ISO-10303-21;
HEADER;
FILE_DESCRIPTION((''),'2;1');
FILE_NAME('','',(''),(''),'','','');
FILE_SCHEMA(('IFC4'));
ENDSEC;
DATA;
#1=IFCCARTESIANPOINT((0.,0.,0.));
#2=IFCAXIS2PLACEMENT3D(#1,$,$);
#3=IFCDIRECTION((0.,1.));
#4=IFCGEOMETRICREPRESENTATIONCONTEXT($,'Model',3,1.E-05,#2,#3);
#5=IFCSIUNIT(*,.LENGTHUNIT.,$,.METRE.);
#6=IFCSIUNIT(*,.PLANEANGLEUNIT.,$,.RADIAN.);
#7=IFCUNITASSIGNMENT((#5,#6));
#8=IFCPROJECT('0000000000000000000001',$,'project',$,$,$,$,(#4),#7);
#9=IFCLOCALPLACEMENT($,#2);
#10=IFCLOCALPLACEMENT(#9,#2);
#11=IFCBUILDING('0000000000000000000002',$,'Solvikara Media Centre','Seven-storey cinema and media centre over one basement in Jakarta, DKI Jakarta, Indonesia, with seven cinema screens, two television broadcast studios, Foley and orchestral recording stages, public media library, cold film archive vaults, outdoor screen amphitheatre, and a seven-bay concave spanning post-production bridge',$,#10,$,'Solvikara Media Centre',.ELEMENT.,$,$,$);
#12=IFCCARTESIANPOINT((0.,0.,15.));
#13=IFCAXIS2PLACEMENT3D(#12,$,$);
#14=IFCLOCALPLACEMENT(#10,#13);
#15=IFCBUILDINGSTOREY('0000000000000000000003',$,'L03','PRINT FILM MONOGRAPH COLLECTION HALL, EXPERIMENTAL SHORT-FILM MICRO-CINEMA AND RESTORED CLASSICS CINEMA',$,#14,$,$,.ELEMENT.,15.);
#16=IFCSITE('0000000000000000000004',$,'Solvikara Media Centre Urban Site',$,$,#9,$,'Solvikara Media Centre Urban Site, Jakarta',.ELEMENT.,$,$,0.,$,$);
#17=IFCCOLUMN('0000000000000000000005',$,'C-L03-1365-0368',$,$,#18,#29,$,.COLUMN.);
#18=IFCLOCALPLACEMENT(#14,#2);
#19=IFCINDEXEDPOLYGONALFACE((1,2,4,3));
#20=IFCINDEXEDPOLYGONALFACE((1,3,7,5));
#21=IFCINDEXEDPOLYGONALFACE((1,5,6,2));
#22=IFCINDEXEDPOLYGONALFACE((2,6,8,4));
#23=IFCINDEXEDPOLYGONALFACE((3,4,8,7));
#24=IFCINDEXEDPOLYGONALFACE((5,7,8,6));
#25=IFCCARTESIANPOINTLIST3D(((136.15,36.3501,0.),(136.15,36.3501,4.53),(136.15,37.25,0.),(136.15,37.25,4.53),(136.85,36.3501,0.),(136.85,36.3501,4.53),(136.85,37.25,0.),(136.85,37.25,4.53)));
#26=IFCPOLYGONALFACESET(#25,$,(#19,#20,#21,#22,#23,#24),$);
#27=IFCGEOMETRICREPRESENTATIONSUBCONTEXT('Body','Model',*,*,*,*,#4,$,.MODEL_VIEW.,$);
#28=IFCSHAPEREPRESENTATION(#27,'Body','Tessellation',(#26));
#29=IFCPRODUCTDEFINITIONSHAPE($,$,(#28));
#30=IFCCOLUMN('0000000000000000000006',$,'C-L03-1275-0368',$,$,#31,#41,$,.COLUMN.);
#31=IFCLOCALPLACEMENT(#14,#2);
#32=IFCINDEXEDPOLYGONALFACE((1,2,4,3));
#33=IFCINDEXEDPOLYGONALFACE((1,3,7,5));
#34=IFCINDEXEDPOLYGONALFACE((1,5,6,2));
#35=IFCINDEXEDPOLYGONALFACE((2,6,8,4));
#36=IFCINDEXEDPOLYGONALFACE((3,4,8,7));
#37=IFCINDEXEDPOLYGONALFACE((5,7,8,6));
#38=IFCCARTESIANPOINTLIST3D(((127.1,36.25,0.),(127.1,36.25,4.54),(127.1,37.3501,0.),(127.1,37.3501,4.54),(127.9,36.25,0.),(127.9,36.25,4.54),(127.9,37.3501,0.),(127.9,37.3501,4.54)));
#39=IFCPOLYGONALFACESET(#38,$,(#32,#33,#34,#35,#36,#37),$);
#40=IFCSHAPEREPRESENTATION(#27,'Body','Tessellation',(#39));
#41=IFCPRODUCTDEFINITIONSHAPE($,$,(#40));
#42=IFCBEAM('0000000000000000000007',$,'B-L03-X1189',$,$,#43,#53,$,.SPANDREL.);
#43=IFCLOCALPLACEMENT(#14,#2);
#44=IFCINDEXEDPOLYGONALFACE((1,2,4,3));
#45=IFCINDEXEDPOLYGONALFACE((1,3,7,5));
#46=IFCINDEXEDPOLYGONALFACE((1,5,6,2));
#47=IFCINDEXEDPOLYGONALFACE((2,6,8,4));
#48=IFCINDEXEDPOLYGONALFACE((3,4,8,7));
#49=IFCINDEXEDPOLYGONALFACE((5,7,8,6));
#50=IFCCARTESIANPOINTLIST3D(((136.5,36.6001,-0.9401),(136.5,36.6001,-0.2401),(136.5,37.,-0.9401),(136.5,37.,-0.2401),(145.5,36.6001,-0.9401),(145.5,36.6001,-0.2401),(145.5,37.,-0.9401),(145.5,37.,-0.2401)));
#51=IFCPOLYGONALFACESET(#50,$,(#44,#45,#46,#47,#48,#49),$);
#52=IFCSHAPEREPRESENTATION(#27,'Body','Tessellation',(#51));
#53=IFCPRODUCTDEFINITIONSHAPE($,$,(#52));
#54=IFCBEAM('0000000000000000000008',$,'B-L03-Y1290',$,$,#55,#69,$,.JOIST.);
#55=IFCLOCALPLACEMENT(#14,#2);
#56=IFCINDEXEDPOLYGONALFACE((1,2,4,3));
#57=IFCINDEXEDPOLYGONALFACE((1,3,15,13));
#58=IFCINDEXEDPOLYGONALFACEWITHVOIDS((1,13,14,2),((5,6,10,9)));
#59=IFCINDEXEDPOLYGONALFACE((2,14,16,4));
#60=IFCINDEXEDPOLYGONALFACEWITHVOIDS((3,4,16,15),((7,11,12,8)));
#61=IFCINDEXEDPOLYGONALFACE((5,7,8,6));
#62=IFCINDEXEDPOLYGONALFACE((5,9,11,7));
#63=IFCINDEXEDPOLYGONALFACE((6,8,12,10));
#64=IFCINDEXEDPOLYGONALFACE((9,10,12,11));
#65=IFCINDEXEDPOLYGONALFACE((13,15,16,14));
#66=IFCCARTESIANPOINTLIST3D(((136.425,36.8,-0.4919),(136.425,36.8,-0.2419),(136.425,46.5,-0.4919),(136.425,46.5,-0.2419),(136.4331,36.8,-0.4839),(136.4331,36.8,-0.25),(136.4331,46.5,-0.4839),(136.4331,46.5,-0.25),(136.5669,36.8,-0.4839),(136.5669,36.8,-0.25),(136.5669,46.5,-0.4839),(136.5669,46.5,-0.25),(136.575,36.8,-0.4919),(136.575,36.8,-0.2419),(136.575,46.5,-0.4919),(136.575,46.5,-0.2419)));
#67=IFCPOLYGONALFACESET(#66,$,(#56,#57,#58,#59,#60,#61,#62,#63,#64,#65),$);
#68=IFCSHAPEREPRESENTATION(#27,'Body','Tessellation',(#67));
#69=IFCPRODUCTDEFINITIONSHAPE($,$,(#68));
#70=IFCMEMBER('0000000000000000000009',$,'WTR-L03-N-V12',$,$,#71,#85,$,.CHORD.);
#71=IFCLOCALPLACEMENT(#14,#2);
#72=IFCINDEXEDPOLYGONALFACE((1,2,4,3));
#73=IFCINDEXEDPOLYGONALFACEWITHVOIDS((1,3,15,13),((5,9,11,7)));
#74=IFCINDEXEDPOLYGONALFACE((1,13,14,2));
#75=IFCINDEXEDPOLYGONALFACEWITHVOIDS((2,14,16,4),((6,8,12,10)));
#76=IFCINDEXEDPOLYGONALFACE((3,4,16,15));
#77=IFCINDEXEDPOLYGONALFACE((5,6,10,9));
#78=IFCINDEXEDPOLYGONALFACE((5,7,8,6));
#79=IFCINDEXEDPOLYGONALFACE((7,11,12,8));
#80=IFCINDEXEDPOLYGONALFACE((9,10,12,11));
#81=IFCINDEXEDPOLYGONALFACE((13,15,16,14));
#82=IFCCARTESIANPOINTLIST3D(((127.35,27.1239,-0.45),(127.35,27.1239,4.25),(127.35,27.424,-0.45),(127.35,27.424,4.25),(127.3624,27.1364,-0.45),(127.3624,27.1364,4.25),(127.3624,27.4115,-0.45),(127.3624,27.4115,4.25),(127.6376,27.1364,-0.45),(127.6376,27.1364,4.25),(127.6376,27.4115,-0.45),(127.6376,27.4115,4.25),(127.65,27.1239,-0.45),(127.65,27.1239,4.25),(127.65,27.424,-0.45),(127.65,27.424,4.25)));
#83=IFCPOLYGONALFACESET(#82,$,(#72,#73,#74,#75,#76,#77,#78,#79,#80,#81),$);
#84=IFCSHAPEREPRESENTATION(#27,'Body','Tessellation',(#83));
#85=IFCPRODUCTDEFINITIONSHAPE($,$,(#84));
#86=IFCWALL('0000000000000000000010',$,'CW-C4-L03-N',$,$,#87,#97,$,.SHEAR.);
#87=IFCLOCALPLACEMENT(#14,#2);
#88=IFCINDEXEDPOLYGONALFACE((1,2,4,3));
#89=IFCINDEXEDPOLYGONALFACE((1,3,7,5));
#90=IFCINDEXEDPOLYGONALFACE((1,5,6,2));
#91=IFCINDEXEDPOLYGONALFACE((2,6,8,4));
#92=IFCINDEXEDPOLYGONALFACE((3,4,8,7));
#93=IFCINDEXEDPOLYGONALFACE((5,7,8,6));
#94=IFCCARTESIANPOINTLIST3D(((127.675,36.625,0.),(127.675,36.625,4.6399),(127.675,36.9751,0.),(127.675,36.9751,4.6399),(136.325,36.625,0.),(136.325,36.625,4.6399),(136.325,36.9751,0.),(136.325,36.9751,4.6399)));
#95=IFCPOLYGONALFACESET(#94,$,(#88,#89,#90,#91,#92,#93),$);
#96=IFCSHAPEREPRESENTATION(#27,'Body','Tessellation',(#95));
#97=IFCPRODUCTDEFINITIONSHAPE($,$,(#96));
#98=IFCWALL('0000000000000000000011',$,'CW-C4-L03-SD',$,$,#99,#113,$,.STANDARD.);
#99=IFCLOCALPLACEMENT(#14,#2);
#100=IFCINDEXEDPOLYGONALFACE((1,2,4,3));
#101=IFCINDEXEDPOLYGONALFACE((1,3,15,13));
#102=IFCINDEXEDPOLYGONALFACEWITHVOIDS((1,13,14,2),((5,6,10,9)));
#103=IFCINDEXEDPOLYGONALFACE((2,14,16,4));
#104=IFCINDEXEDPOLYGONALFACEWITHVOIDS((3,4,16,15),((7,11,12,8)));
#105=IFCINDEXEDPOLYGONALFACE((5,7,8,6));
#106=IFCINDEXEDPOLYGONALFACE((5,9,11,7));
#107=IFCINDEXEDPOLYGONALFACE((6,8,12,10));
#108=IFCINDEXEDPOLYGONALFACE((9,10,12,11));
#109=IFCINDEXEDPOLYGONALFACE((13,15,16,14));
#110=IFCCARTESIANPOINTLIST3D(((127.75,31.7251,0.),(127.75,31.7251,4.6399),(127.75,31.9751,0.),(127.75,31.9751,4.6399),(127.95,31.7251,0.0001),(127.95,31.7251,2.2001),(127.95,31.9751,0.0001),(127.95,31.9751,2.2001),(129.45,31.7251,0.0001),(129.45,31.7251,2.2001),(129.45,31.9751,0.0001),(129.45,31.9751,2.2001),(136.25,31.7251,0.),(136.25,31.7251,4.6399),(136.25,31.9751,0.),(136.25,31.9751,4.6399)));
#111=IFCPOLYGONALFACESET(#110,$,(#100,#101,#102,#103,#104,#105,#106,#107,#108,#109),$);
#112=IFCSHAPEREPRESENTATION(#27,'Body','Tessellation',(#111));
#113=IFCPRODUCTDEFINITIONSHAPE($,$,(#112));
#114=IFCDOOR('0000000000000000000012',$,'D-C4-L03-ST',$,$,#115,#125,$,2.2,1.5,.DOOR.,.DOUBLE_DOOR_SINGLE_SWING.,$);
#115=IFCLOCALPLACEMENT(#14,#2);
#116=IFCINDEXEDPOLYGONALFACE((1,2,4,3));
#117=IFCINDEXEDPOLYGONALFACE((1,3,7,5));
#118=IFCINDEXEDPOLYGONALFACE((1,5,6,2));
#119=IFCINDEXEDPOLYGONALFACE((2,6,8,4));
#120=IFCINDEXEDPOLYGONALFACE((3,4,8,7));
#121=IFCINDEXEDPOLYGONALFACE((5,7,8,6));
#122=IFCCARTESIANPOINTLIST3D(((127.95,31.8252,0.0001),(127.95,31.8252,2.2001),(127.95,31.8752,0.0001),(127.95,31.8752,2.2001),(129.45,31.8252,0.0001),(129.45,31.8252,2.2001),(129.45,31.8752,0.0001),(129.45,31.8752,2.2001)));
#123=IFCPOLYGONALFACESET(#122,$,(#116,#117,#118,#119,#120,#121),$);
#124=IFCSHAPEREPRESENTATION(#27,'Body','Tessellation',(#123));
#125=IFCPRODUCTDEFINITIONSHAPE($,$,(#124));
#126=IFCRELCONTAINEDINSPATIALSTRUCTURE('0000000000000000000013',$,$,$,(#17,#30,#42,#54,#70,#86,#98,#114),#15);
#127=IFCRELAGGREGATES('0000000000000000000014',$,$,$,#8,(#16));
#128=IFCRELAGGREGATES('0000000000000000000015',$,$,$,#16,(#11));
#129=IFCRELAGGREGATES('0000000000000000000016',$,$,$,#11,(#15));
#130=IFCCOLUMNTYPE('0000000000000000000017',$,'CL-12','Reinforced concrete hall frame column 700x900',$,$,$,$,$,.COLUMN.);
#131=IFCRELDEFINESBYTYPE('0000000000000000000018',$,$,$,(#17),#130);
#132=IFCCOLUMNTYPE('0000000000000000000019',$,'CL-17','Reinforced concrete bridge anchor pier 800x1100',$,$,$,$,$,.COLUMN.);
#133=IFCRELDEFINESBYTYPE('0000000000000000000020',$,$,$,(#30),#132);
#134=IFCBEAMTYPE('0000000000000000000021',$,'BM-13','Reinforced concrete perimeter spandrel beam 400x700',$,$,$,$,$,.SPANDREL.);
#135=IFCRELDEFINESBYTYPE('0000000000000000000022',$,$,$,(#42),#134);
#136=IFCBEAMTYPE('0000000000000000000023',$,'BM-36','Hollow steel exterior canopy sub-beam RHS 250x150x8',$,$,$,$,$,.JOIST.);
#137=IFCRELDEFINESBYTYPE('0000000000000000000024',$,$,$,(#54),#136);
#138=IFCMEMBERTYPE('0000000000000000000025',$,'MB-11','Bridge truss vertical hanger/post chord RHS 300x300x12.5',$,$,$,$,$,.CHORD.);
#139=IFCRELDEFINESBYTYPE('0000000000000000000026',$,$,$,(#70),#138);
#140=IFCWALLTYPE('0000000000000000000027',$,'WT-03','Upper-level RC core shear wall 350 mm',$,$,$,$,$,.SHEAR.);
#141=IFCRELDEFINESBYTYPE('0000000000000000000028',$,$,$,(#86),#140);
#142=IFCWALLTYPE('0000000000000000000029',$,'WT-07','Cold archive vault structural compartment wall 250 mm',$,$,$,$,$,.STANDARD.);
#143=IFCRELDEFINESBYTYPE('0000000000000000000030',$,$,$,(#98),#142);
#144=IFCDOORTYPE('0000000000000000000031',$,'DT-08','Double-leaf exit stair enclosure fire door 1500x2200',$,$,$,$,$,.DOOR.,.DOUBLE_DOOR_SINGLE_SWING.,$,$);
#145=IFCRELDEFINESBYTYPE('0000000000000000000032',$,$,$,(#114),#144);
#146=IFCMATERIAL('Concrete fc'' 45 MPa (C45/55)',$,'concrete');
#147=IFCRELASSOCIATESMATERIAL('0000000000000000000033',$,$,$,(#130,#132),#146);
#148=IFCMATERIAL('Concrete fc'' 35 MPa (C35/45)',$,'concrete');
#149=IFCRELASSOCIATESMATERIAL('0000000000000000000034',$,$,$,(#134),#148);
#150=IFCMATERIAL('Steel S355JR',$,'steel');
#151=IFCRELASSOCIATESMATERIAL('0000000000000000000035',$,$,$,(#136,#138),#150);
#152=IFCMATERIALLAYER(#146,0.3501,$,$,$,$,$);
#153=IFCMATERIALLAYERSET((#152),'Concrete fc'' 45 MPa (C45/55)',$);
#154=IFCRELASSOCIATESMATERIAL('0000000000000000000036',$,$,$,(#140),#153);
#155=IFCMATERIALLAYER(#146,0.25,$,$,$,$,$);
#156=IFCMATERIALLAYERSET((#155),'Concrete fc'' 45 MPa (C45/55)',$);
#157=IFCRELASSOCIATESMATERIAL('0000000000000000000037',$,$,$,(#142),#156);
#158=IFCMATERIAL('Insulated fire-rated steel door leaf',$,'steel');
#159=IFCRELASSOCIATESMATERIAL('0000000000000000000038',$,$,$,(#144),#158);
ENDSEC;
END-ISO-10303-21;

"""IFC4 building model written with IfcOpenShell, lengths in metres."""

from ifc_helpers import new_model, si_unit, direction, frame, frame_2d, origin, origin_2d, place, context, subcontext, project, spatial, rectangle, hollow_rectangle, extrude, material, layer, layer_set, material_profile, profile_set, type_object, element, fill, save


model = new_model("IFC4")

# Units and contexts
model_context = context("Model", 3, precision=1e-05, world=origin(), true_north=direction((0.0, 1.0)))
body_context = subcontext(model_context, "Body", "Model", "MODEL_VIEW")
ifc_project = project(units=[si_unit("LENGTHUNIT", "METRE"), si_unit("PLANEANGLEUNIT", "RADIAN")], contexts=[model_context])

# Site, building, storey
site_placement = place(None, origin())
site = spatial("IfcSite", under=ifc_project, at=site_placement, Name="Solvikara Media Centre Urban Site", LongName="Solvikara Media Centre Urban Site, Jakarta", CompositionType="ELEMENT", RefElevation=0.0)
building_placement = place(site_placement, origin())
building = spatial("IfcBuilding", under=site, at=building_placement, Name="Solvikara Media Centre", Description="Seven-storey cinema and media centre over one basement in Jakarta, DKI Jakarta, Indonesia, with seven cinema screens, two television broadcast studios, Foley and orchestral recording stages, public media library, cold film archive vaults, outdoor screen amphitheatre, and a seven-bay concave spanning post-production bridge", LongName="Solvikara Media Centre", CompositionType="ELEMENT")
storey_placement = place(building_placement, frame((0.0, 0.0, 15.0)))
storey = spatial("IfcBuildingStorey", under=building, at=storey_placement, Name="L03", Description="PRINT FILM MONOGRAPH COLLECTION HALL, EXPERIMENTAL SHORT-FILM MICRO-CINEMA AND RESTORED CLASSICS CINEMA", CompositionType="ELEMENT", Elevation=15.0)

# Columns
ifc_material_1 = material(Name="Concrete fc' 45 MPa (C45/55)", Category="concrete")
ifc_material_profile_1 = material_profile(ifc_material_1, rectangle(XDim=0.7, YDim=0.8999, at=origin_2d()), Name="RC 700x900")
ifc_profile_set_1 = profile_set([ifc_material_profile_1], Name="Concrete fc' 45 MPa (C45/55)")
column_type_1 = type_object("IfcColumnType", Name="CL-12", Description="Reinforced concrete hall frame column 700x900", PredefinedType="COLUMN", material=ifc_profile_set_1)
column_1_placement = place(storey_placement, frame((136.5, 36.8, 0.0), z_axis=(0.0, 0.0, 1.0), x_axis=(1.0, 0.0, 0.0)))
element("IfcColumn", 1, at=column_1_placement, inside=storey, type_object=column_type_1, Name="C-L03-1365-0368", PredefinedType="COLUMN", context=body_context, shape_type="SweptSolid", body=[
    extrude(rectangle(XDim=0.7, YDim=0.8999, at=origin_2d()), origin(), (0.0, 0.0, 1.0), 4.53),
])
ifc_material_profile_2 = material_profile(ifc_material_1, rectangle(XDim=0.8, YDim=1.1001, at=origin_2d()), Name="RC 800x1100")
ifc_profile_set_2 = profile_set([ifc_material_profile_2], Name="Concrete fc' 45 MPa (C45/55)")
column_type_2 = type_object("IfcColumnType", Name="CL-17", Description="Reinforced concrete bridge anchor pier 800x1100", PredefinedType="COLUMN", material=ifc_profile_set_2)
column_2_placement = place(storey_placement, frame((127.5, 36.8, 0.0), z_axis=(0.0, 0.0, 1.0), x_axis=(1.0, 0.0, 0.0)))
element("IfcColumn", 2, at=column_2_placement, inside=storey, type_object=column_type_2, Name="C-L03-1275-0368", PredefinedType="COLUMN", context=body_context, shape_type="SweptSolid", body=[
    extrude(rectangle(XDim=0.8, YDim=1.1001, at=origin_2d()), origin(), (0.0, 0.0, 1.0), 4.54),
])

# Beams
ifc_material_2 = material(Name="Concrete fc' 35 MPa (C35/45)", Category="concrete")
ifc_material_profile_3 = material_profile(ifc_material_2, rectangle(XDim=0.3999, YDim=0.7, at=origin_2d()), Name="RC 400x700")
ifc_profile_set_3 = profile_set([ifc_material_profile_3], Name="Concrete fc' 35 MPa (C35/45)")
beam_type_1 = type_object("IfcBeamType", Name="BM-13", Description="Reinforced concrete perimeter spandrel beam 400x700", PredefinedType="SPANDREL", material=ifc_profile_set_3)
beam_1_placement = place(storey_placement, frame((136.5, 36.8, -0.5901), z_axis=(1.0, 0.0, 0.0), x_axis=(0.0, 1.0, 0.0)))
element("IfcBeam", 3, at=beam_1_placement, inside=storey, type_object=beam_type_1, Name="B-L03-X1189", PredefinedType="SPANDREL", context=body_context, shape_type="SweptSolid", body=[
    extrude(rectangle(XDim=0.3999, YDim=0.7, at=origin_2d()), origin(), (0.0, 0.0, 1.0), 9.0),
])
ifc_material_3 = material(Name="Steel S355JR", Category="steel")
ifc_material_profile_4 = material_profile(ifc_material_3, hollow_rectangle(XDim=0.1499, YDim=0.25, WallThickness=0.0081, at=origin_2d()), Name="RHS 250x150x8")
ifc_profile_set_4 = profile_set([ifc_material_profile_4], Name="Steel S355JR")
beam_type_2 = type_object("IfcBeamType", Name="BM-36", Description="Hollow steel exterior canopy sub-beam RHS 250x150x8", PredefinedType="JOIST", material=ifc_profile_set_4)
beam_2_placement = place(storey_placement, frame((136.5, 36.8, -0.3669), z_axis=(0.0, 1.0, 0.0), x_axis=(-1.0, 0.0, 0.0)))
element("IfcBeam", 4, at=beam_2_placement, inside=storey, type_object=beam_type_2, Name="B-L03-Y1290", PredefinedType="JOIST", context=body_context, shape_type="SweptSolid", body=[
    extrude(hollow_rectangle(XDim=0.1499, YDim=0.25, WallThickness=0.0081, at=origin_2d()), origin(), (0.0, 0.0, 1.0), 9.7),
])

# Member
ifc_material_profile_5 = material_profile(ifc_material_3, hollow_rectangle(XDim=0.3, YDim=0.3, WallThickness=0.0125, at=origin_2d()), Name="RHS 300x300x12.5")
ifc_profile_set_5 = profile_set([ifc_material_profile_5], Name="Steel S355JR")
member_type = type_object("IfcMemberType", Name="MB-11", Description="Bridge truss vertical hanger/post chord RHS 300x300x12.5", PredefinedType="CHORD", material=ifc_profile_set_5)
member_placement = place(storey_placement, frame((127.5, 27.2739, -0.45), z_axis=(0.0, 0.0, 1.0), x_axis=(1.0, 0.0, 0.0)))
element("IfcMember", 5, at=member_placement, inside=storey, type_object=member_type, Name="WTR-L03-N-V12", PredefinedType="CHORD", context=body_context, shape_type="SweptSolid", body=[
    extrude(hollow_rectangle(XDim=0.3, YDim=0.3, WallThickness=0.0125, at=origin_2d()), origin(), (0.0, 0.0, 1.0), 4.7),
])

# Wall
ifc_layer_1 = layer(ifc_material_1, 0.3501)
ifc_layer_set_1 = layer_set([ifc_layer_1], Name="Concrete fc' 45 MPa (C45/55)")
wall_type_1 = type_object("IfcWallType", Name="WT-03", Description="Upper-level RC core shear wall 350 mm", PredefinedType="SHEAR", material=ifc_layer_set_1)
wall_1_placement = place(storey_placement, frame((127.675, 36.8, 0.0), z_axis=(0.0, 0.0, 1.0), x_axis=(1.0, 0.0, 0.0)))
element("IfcWall", 6, at=wall_1_placement, inside=storey, type_object=wall_type_1, Name="CW-C4-L03-N", PredefinedType="SHEAR", context=body_context, shape_type="SweptSolid", body=[
    extrude(rectangle(XDim=8.6499, YDim=0.3501, at=frame_2d((4.325, 0.0))), origin(), (0.0, 0.0, 1.0), 4.6399),
])

# Wall, opening, door
ifc_layer_2 = layer(ifc_material_1, 0.25)
ifc_layer_set_2 = layer_set([ifc_layer_2], Name="Concrete fc' 45 MPa (C45/55)")
wall_type_2 = type_object("IfcWallType", Name="WT-07", Description="Cold archive vault structural compartment wall 250 mm", PredefinedType="STANDARD", material=ifc_layer_set_2)
wall_2_placement = place(storey_placement, frame((127.75, 31.8501, 0.0), z_axis=(0.0, 0.0, 1.0), x_axis=(1.0, 0.0, 0.0)))
wall_2 = element("IfcWall", 7, at=wall_2_placement, inside=storey, type_object=wall_type_2, Name="CW-C4-L03-SD", PredefinedType="STANDARD", context=body_context, shape_type="SweptSolid", body=[
    extrude(rectangle(XDim=8.5, YDim=0.25, at=frame_2d((4.25, 0.0))), origin(), (0.0, 0.0, 1.0), 4.6399),
])
opening_1_placement = place(wall_2_placement, frame((0.2, 0.0, 0.0)))
opening_1 = element("IfcOpeningElement", 8, at=opening_1_placement, cuts=wall_2, PredefinedType="OPENING", context=body_context, shape_type="SweptSolid", body=[
    extrude(rectangle(XDim=1.5, YDim=2.2, at=frame_2d((0.75, 1.1001))), frame((0.0, 0.137, 0.0), z_axis=(0.0, -1.0, 0.0), x_axis=(1.0, 0.0, 0.0)), (0.0, 0.0, 1.0), 0.2739),
])
ifc_material_4 = material(Name="Insulated fire-rated steel door leaf", Category="steel")
door_type_1 = type_object("IfcDoorType", Name="DT-08", Description="Double-leaf exit stair enclosure fire door 1500x2200", OperationType="DOUBLE_DOOR_SINGLE_SWING", PredefinedType="DOOR", material=ifc_material_4)
door_1_placement = place(opening_1_placement, frame((1.5, 0.0, 0.0), z_axis=(0.0, 0.0, 1.0), x_axis=(-1.0, 0.0, 0.0)))
door_1 = element("IfcDoor", 9, at=door_1_placement, inside=storey, type_object=door_type_1, Name="D-C4-L03-ST", OperationType="DOUBLE_DOOR_SINGLE_SWING", OverallHeight=2.2, OverallWidth=1.5, PredefinedType="DOOR", context=body_context, shape_type="SweptSolid", body=[
    extrude(rectangle(XDim=1.5, YDim=2.2, at=frame_2d((0.75, 1.1001))), frame((0.0, 0.0249, 0.0), z_axis=(0.0, -1.0, 0.0), x_axis=(1.0, 0.0, 0.0)), (0.0, 0.0, 1.0), 0.05),
])
fill(opening_1, door_1)

save(model, "model.ifc")
